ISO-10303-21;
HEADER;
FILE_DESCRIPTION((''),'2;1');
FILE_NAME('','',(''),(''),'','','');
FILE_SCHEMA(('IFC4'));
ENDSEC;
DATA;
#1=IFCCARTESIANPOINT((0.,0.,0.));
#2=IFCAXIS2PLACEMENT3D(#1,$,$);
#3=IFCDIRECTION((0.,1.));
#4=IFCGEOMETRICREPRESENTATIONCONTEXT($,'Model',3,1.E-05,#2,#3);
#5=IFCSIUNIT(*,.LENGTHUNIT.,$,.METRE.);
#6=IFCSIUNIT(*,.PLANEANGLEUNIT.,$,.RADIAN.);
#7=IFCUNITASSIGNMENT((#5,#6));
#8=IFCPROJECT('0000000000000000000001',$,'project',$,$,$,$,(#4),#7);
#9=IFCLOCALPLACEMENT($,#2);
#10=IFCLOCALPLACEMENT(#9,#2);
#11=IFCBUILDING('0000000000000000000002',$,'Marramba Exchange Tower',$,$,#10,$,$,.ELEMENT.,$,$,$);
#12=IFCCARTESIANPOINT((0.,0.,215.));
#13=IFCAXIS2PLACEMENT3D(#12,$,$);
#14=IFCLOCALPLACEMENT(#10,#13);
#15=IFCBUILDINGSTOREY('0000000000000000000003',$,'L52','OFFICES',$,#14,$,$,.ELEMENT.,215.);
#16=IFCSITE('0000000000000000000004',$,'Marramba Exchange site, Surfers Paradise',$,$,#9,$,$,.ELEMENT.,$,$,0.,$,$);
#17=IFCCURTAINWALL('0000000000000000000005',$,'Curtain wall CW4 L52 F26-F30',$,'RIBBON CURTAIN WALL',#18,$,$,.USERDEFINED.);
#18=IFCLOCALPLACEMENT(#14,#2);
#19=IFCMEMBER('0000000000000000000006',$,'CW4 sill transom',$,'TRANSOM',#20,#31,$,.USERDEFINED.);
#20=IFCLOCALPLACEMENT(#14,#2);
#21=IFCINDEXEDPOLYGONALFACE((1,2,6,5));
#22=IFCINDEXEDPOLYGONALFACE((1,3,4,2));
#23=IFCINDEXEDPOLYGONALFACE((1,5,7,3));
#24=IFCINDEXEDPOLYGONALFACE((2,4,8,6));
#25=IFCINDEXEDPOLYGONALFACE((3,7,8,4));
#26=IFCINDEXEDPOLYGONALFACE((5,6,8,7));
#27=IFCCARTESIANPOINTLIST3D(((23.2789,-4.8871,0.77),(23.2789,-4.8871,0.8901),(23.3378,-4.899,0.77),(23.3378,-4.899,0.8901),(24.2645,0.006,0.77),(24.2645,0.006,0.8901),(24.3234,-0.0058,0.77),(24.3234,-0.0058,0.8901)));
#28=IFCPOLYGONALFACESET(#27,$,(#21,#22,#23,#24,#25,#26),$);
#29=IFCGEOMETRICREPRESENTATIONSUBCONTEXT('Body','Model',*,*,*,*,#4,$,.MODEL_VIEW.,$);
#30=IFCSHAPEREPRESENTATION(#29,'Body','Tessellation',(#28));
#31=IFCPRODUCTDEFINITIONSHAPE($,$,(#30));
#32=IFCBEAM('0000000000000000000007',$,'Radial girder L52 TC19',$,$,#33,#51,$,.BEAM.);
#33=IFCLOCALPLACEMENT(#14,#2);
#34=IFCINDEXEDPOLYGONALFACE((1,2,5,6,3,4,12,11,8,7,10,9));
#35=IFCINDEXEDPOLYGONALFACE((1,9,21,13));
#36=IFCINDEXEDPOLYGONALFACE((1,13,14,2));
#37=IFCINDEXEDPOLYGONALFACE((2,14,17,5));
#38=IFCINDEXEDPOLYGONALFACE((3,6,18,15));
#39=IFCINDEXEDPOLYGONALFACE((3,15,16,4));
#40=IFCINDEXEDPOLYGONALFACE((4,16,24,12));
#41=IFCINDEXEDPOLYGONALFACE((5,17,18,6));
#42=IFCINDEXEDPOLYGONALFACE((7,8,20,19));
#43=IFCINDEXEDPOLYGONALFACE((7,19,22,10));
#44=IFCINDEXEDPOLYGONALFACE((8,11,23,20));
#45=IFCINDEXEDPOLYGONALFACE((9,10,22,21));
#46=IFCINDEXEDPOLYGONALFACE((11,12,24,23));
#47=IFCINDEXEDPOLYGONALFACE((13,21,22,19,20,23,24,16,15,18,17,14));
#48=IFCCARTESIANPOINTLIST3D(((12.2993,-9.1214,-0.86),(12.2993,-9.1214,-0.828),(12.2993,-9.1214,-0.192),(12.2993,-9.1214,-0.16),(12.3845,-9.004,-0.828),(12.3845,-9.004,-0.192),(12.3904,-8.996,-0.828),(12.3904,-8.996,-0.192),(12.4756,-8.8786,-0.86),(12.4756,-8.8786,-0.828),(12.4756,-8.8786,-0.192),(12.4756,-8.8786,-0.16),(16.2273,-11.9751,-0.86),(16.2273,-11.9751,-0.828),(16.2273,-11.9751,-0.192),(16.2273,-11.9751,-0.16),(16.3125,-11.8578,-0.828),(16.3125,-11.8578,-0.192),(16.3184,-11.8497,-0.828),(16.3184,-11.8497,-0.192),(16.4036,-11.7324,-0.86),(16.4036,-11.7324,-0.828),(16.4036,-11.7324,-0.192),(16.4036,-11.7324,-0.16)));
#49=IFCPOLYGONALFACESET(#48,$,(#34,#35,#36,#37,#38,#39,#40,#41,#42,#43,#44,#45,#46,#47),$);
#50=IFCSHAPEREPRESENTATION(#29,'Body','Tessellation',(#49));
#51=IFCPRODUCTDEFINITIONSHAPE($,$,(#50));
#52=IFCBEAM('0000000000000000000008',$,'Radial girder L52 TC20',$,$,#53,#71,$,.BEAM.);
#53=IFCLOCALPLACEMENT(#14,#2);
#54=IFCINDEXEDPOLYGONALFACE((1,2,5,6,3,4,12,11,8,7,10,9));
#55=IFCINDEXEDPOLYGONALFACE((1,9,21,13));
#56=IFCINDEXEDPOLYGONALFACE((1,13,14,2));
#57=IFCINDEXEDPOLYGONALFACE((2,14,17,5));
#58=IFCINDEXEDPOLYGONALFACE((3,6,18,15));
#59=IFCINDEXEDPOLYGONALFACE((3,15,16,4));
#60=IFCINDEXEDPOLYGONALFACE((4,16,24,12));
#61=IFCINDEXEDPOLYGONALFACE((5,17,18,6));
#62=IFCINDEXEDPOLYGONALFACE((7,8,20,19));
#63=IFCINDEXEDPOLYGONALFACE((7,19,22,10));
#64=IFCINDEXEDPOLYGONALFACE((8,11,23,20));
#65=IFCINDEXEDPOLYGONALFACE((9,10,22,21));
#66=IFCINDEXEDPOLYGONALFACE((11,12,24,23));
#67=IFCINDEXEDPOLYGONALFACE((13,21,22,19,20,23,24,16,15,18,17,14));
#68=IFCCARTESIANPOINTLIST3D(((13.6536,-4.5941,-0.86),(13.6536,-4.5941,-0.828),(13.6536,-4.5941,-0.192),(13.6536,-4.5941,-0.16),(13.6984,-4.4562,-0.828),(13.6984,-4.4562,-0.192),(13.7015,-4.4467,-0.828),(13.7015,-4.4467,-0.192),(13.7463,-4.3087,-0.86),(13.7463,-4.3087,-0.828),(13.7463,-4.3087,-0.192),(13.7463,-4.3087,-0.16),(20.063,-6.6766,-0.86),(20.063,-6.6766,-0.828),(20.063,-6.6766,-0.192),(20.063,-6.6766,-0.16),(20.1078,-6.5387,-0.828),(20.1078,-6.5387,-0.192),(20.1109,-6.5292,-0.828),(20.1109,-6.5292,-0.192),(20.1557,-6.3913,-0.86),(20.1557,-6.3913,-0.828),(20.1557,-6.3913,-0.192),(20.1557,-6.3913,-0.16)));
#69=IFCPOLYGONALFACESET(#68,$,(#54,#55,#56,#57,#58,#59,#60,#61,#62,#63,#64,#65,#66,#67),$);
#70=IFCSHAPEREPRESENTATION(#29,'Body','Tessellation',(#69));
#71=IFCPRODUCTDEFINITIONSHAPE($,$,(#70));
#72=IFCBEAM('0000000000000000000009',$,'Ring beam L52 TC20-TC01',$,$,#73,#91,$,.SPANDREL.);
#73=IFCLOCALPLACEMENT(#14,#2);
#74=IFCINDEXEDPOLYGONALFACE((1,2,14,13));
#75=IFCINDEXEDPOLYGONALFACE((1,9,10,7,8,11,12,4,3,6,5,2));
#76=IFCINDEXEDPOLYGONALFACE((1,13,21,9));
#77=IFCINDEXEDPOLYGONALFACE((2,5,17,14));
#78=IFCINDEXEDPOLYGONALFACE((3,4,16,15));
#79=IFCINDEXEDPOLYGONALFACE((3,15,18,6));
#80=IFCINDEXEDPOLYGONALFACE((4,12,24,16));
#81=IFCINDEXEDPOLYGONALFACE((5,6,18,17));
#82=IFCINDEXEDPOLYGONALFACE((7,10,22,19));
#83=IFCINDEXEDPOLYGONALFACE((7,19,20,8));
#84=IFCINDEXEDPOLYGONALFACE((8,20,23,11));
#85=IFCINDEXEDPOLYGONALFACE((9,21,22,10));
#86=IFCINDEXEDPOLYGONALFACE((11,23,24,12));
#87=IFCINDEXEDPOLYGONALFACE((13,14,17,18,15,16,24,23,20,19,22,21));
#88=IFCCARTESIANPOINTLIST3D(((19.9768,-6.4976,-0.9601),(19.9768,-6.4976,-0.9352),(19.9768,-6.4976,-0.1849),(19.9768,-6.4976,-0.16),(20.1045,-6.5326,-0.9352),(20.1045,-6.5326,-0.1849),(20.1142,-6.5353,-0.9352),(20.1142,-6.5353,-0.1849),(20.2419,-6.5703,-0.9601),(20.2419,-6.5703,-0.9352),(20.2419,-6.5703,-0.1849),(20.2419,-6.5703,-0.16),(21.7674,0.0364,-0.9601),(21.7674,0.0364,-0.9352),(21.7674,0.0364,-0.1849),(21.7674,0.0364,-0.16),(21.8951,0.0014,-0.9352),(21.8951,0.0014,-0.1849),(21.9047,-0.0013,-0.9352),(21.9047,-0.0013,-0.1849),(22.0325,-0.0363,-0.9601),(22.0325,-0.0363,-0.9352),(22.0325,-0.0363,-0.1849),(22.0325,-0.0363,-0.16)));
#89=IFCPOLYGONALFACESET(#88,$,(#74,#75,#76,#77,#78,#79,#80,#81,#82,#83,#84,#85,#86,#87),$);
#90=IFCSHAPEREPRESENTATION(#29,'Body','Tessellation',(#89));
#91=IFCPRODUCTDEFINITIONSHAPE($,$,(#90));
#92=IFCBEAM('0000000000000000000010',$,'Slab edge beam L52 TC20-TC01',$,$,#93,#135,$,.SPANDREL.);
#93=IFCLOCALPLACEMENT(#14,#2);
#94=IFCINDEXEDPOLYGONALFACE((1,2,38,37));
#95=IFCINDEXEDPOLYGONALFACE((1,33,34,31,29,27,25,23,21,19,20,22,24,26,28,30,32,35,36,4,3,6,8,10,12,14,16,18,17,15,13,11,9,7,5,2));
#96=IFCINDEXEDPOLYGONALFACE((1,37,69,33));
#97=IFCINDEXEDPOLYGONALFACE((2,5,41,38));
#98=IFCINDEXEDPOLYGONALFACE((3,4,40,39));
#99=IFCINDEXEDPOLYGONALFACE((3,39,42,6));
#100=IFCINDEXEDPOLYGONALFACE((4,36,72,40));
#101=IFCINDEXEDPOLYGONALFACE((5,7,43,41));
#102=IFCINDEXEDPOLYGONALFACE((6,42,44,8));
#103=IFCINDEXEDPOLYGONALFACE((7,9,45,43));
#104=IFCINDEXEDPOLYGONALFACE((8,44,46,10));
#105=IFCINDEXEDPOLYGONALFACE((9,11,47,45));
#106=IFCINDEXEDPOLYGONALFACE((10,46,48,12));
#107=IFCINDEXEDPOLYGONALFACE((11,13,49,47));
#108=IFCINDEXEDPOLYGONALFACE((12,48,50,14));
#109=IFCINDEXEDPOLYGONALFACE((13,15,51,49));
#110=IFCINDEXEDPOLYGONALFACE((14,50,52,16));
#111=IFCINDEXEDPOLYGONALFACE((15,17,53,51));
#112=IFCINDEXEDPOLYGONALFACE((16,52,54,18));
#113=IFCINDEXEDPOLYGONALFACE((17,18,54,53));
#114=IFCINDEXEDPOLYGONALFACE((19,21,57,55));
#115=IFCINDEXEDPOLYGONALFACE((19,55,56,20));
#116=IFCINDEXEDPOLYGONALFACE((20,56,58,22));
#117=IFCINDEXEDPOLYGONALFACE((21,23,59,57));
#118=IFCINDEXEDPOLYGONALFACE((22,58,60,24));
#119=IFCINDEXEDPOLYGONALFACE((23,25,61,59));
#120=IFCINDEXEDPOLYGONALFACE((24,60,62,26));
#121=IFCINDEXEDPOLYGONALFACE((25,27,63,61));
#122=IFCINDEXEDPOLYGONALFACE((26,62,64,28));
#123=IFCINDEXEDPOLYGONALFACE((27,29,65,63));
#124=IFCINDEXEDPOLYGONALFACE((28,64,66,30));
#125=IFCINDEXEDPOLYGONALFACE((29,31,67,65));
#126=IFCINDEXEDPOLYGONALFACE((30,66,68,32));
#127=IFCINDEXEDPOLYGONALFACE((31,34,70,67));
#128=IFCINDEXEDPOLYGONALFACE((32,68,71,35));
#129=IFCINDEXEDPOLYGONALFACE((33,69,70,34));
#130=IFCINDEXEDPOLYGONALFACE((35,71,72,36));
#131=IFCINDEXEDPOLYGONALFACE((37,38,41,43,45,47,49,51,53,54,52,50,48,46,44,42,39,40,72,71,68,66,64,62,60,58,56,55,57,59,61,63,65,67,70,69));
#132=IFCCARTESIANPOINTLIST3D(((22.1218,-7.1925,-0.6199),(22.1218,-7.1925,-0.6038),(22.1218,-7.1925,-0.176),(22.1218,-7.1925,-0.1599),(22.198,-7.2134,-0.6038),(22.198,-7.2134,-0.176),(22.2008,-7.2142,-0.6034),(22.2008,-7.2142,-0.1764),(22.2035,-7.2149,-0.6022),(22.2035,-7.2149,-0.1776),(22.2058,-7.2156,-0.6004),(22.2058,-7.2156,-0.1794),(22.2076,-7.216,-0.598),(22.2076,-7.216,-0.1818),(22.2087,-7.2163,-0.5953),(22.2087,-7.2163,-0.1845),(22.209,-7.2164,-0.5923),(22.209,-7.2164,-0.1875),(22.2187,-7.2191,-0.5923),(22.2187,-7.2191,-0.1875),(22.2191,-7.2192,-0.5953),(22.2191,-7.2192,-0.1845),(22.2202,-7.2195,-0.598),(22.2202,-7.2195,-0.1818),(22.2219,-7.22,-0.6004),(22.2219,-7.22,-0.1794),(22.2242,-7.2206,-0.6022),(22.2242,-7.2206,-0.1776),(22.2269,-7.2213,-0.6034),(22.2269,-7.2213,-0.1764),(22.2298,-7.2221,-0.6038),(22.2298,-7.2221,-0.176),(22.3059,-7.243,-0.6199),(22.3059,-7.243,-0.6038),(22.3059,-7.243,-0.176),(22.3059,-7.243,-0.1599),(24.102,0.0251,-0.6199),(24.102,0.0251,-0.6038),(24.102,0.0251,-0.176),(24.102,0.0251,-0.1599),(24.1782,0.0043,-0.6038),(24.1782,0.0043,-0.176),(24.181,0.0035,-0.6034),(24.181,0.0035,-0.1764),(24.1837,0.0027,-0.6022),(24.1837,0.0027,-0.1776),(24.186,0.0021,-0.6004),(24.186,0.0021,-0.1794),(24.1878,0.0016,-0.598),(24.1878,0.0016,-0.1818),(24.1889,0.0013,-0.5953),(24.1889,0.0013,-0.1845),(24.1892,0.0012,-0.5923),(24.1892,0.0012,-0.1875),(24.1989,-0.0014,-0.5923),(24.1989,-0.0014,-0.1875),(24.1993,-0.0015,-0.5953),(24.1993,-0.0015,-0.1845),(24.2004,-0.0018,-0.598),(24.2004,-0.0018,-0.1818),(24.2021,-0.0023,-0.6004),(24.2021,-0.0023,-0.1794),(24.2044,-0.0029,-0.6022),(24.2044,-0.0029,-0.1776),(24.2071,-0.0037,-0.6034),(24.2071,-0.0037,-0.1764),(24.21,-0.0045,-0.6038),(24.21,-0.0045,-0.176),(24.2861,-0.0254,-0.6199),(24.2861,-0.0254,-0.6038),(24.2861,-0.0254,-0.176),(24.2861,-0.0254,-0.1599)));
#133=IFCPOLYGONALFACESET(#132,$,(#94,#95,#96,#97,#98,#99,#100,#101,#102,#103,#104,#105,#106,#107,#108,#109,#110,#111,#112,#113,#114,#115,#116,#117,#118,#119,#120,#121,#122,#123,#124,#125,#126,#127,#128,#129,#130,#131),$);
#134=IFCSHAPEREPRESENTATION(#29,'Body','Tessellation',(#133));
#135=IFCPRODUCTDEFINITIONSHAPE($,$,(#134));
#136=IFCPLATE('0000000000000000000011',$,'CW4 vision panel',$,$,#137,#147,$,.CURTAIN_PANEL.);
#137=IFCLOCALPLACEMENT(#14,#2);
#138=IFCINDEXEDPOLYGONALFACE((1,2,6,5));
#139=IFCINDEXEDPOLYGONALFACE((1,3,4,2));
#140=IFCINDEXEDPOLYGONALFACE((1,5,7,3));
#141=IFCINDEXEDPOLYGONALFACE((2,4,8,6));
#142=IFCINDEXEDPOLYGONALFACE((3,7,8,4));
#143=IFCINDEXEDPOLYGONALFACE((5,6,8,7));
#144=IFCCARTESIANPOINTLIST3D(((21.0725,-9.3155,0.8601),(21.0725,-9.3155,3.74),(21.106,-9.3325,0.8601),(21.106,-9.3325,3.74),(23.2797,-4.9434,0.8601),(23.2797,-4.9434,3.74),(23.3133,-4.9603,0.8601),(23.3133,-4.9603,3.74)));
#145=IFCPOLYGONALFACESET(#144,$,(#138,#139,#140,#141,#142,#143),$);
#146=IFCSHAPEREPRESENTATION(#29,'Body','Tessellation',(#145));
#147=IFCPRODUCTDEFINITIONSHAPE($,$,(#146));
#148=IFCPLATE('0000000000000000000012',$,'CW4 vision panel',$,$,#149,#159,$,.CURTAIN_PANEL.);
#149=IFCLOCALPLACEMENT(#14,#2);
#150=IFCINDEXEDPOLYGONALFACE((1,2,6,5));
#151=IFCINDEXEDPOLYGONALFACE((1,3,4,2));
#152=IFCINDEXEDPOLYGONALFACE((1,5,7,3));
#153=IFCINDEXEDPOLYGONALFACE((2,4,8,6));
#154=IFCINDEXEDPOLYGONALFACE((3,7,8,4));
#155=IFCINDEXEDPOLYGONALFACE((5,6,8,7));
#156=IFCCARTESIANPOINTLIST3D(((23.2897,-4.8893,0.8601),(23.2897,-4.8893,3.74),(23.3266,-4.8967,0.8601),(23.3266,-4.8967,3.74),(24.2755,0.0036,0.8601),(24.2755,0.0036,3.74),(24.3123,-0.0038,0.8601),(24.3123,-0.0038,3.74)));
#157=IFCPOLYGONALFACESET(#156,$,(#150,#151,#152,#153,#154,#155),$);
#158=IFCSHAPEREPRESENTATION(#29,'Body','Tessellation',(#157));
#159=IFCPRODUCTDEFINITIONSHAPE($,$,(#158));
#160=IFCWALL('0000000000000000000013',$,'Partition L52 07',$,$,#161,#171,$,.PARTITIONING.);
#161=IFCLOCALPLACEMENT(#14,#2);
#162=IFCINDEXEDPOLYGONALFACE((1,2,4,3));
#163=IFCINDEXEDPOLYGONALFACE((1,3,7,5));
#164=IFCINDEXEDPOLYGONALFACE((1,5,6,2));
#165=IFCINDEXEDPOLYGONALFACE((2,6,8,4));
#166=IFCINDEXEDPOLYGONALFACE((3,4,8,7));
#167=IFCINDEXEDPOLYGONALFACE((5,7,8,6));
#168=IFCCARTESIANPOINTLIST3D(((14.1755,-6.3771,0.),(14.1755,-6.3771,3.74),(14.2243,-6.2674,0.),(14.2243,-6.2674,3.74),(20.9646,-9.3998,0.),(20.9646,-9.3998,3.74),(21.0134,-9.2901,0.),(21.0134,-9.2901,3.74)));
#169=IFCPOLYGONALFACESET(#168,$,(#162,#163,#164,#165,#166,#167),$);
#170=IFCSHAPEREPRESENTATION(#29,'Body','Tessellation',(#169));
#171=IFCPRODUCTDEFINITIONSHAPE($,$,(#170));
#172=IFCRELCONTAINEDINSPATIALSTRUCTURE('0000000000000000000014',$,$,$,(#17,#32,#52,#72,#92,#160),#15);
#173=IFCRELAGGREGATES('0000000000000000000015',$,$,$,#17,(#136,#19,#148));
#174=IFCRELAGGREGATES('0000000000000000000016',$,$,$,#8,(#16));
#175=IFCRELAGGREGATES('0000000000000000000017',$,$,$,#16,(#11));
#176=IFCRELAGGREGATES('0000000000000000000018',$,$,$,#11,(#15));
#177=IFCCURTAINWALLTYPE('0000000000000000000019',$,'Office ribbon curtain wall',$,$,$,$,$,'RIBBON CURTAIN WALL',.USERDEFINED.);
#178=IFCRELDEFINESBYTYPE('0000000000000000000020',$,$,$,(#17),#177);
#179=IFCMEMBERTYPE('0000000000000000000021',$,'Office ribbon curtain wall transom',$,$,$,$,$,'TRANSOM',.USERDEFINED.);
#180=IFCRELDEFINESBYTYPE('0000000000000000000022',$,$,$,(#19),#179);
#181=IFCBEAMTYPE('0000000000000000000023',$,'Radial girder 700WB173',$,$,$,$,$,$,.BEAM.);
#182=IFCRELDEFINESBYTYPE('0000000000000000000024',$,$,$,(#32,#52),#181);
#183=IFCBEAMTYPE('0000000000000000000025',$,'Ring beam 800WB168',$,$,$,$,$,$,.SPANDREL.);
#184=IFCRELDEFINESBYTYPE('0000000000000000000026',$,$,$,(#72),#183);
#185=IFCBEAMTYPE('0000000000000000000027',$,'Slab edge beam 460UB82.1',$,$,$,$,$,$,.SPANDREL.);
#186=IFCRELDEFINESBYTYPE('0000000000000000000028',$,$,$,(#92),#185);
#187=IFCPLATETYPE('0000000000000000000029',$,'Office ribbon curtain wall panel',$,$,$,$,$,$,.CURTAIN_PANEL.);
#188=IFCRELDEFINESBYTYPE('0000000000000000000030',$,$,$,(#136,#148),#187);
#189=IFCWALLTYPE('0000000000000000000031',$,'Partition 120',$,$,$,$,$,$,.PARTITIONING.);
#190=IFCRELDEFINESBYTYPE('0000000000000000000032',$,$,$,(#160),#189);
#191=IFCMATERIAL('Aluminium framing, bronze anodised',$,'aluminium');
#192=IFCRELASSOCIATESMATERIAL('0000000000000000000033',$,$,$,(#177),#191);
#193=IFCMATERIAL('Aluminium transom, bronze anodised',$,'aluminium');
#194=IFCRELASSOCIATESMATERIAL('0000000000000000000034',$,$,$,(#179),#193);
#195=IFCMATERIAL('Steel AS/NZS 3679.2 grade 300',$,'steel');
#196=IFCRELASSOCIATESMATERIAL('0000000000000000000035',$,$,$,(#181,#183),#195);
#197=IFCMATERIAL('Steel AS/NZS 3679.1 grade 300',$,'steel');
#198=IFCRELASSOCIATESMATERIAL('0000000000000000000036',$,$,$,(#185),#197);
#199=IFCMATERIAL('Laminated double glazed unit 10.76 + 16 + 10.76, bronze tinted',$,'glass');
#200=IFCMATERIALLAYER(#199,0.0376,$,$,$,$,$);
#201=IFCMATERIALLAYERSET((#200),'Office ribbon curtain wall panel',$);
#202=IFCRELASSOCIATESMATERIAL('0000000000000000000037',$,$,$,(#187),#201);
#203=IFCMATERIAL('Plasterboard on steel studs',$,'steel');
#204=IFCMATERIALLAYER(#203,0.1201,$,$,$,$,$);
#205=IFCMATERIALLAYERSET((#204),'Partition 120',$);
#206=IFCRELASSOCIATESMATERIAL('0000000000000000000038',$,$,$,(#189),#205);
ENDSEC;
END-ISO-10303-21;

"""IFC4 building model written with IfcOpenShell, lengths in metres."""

from ifc_helpers import new_model, si_unit, direction, frame, frame_2d, origin, origin_2d, place, context, subcontext, project, spatial, rectangle, i_section, extrude, material, layer, layer_set, material_profile, profile_set, type_object, element, aggregate, save


model = new_model("IFC4")

# Units and contexts
model_context = context("Model", 3, precision=1e-05, world=origin(), true_north=direction((0.0, 1.0)))
body_context = subcontext(model_context, "Body", "Model", "MODEL_VIEW")
ifc_project = project(units=[si_unit("LENGTHUNIT", "METRE"), si_unit("PLANEANGLEUNIT", "RADIAN")], contexts=[model_context])

# Site, building, storey
site_placement = place(None, origin())
site = spatial("IfcSite", under=ifc_project, at=site_placement, Name="Marramba Exchange site, Surfers Paradise", CompositionType="ELEMENT", RefElevation=0.0)
building_placement = place(site_placement, origin())
building = spatial("IfcBuilding", under=site, at=building_placement, Name="Marramba Exchange Tower", CompositionType="ELEMENT")
storey_placement = place(building_placement, frame((0.0, 0.0, 215.0)))
storey = spatial("IfcBuildingStorey", under=building, at=storey_placement, Name="L52", Description="OFFICES", CompositionType="ELEMENT", Elevation=215.0)

# Shared definitions
ifc_material_1 = material(Name="Steel AS/NZS 3679.2 grade 300", Category="steel")
ifc_material_2 = material(Name="Steel AS/NZS 3679.1 grade 300", Category="steel")

# Curtain wall, member
ifc_material_3 = material(Name="Aluminium framing, bronze anodised", Category="aluminium")
curtain_wall_type = type_object("IfcCurtainWallType", Name="Office ribbon curtain wall", ElementType="RIBBON CURTAIN WALL", PredefinedType="USERDEFINED", material=ifc_material_3)
curtain_wall_placement = place(storey_placement, origin())
curtain_wall = element("IfcCurtainWall", 1, at=curtain_wall_placement, inside=storey, type_object=curtain_wall_type, Name="Curtain wall CW4 L52 F26-F30", ObjectType="RIBBON CURTAIN WALL", PredefinedType="USERDEFINED")
ifc_material_4 = material(Name="Aluminium transom, bronze anodised", Category="aluminium")
ifc_material_profile_1 = material_profile(ifc_material_4, rectangle(XDim=0.0601, YDim=0.1201, at=origin_2d()), Name="CW4 transom 60x120")
ifc_profile_set_1 = profile_set([ifc_material_profile_1], Name="Aluminium transom, bronze anodised")
member_type_1 = type_object("IfcMemberType", Name="Office ribbon curtain wall transom", ElementType="TRANSOM", PredefinedType="USERDEFINED", material=ifc_profile_set_1)
member_1_placement = place(storey_placement, frame((23.3083, -4.8931, 0.8301), z_axis=(0.197461, 0.980311, 0.0), x_axis=(-0.980311, 0.197461, 0.0)))
member_1 = element("IfcMember", 2, at=member_1_placement, type_object=member_type_1, Name="CW4 sill transom", ObjectType="TRANSOM", PredefinedType="USERDEFINED", context=body_context, shape_type="SweptSolid", body=[
    extrude(rectangle(XDim=0.0601, YDim=0.1201, at=origin_2d()), origin(), (0.0, 0.0, 1.0), 4.9915),
])

# Beams
ifc_material_profile_2 = material_profile(ifc_material_1, i_section(OverallWidth=0.3, OverallDepth=0.7, WebThickness=0.01, FlangeThickness=0.032, at=origin_2d()), Name="700WB173")
ifc_profile_set_2 = profile_set([ifc_material_profile_2], Name="Steel AS/NZS 3679.2 grade 300")
beam_type_1 = type_object("IfcBeamType", Name="Radial girder 700WB173", PredefinedType="BEAM", material=ifc_profile_set_2)
beam_1_placement = place(storey_placement, frame((12.3875, -9.0, -0.51), z_axis=(0.809025, -0.587774, 0.0), x_axis=(0.587774, 0.809025, 0.0)))
element("IfcBeam", 3, at=beam_1_placement, inside=storey, type_object=beam_type_1, Name="Radial girder L52 TC19", PredefinedType="BEAM", context=body_context, shape_type="SweptSolid", body=[
    extrude(i_section(OverallWidth=0.3, OverallDepth=0.7, WebThickness=0.01, FlangeThickness=0.032, at=origin_2d()), origin(), (0.0, 0.0, 1.0), 4.8552),
])
beam_2_placement = place(storey_placement, frame((13.7, -4.4514, -0.51), z_axis=(0.951058, -0.309013, 0.0), x_axis=(0.309013, 0.951058, 0.0)))
element("IfcBeam", 4, at=beam_2_placement, inside=storey, type_object=beam_type_1, Name="Radial girder L52 TC20", PredefinedType="BEAM", context=body_context, shape_type="SweptSolid", body=[
    extrude(i_section(OverallWidth=0.3, OverallDepth=0.7, WebThickness=0.01, FlangeThickness=0.032, at=origin_2d()), origin(), (0.0, 0.0, 1.0), 6.7393),
])
ifc_material_profile_3 = material_profile(ifc_material_1, i_section(OverallWidth=0.2749, OverallDepth=0.8, WebThickness=0.01, FlangeThickness=0.0249, at=origin_2d()), Name="800WB168")
ifc_profile_set_3 = profile_set([ifc_material_profile_3], Name="Steel AS/NZS 3679.2 grade 300")
beam_type_2 = type_object("IfcBeamType", Name="Ring beam 800WB168", PredefinedType="SPANDREL", material=ifc_profile_set_3)
beam_3_placement = place(storey_placement, frame((20.1094, -6.5339, -0.5601), z_axis=(0.264291, 0.964443, 0.0), x_axis=(-0.964443, 0.264291, 0.0)))
element("IfcBeam", 5, at=beam_3_placement, inside=storey, type_object=beam_type_2, Name="Ring beam L52 TC20-TC01", PredefinedType="SPANDREL", context=body_context, shape_type="SweptSolid", body=[
    extrude(i_section(OverallWidth=0.2749, OverallDepth=0.8, WebThickness=0.01, FlangeThickness=0.0249, at=origin_2d()), origin(), (0.0, 0.0, 1.0), 6.7749),
])
ifc_material_profile_4 = material_profile(ifc_material_2, i_section(OverallWidth=0.1909, OverallDepth=0.46, WebThickness=0.01, FlangeThickness=0.0161, FilletRadius=0.0115, at=origin_2d()), Name="460UB82.1")
ifc_profile_set_4 = profile_set([ifc_material_profile_4], Name="Steel AS/NZS 3679.1 grade 300")
beam_type_3 = type_object("IfcBeamType", Name="Slab edge beam 460UB82.1", PredefinedType="SPANDREL", material=ifc_profile_set_4)
beam_4_placement = place(storey_placement, frame((22.2139, -7.2178, -0.3899), z_axis=(0.264577, 0.964365, 0.0), x_axis=(-0.964365, 0.264577, 0.0)))
element("IfcBeam", 6, at=beam_4_placement, inside=storey, type_object=beam_type_3, Name="Slab edge beam L52 TC20-TC01", PredefinedType="SPANDREL", context=body_context, shape_type="SweptSolid", body=[
    extrude(i_section(OverallWidth=0.1909, OverallDepth=0.46, WebThickness=0.01, FlangeThickness=0.0161, FilletRadius=0.0115, at=origin_2d()), origin(), (0.0, 0.0, 1.0), 7.4844),
])

# Plates
ifc_material_5 = material(Name="Laminated double glazed unit 10.76 + 16 + 10.76, bronze tinted", Category="glass")
ifc_layer_1 = layer(ifc_material_5, 0.0376)
ifc_layer_set_1 = layer_set([ifc_layer_1], Name="Office ribbon curtain wall panel")
plate_type = type_object("IfcPlateType", Name="Office ribbon curtain wall panel", PredefinedType="CURTAIN_PANEL", material=ifc_layer_set_1)
plate_1_placement = place(storey_placement, frame((22.1929, -7.1379, 0.8601), z_axis=(0.0, 0.0, 1.0), x_axis=(0.450673, 0.892689, 0.0)))
plate_1 = element("IfcPlate", 7, at=plate_1_placement, type_object=plate_type, Name="CW4 vision panel", PredefinedType="CURTAIN_PANEL", context=body_context, shape_type="SweptSolid", body=[
    extrude(rectangle(XDim=4.8977, YDim=0.0376, at=origin_2d()), origin(), (0.0, 0.0, 1.0), 2.8799),
])
plate_2_placement = place(storey_placement, frame((23.801, -2.4465, 0.8601), z_axis=(0.0, 0.0, 1.0), x_axis=(0.197495, 0.980304, 0.0)))
plate_2 = element("IfcPlate", 8, at=plate_2_placement, type_object=plate_type, Name="CW4 vision panel", PredefinedType="CURTAIN_PANEL", context=body_context, shape_type="SweptSolid", body=[
    extrude(rectangle(XDim=4.9912, YDim=0.0376, at=origin_2d()), origin(), (0.0, 0.0, 1.0), 2.8799),
])
aggregate(curtain_wall, [plate_1, member_1, plate_2])

# Wall
ifc_material_6 = material(Name="Plasterboard on steel studs", Category="steel")
ifc_layer_2 = layer(ifc_material_6, 0.1201)
ifc_layer_set_2 = layer_set([ifc_layer_2], Name="Partition 120")
wall_type_1 = type_object("IfcWallType", Name="Partition 120", PredefinedType="PARTITIONING", material=ifc_layer_set_2)
wall_1_placement = place(storey_placement, frame((20.989, -9.345, 0.0), z_axis=(0.0, 0.0, 1.0), x_axis=(-0.913544, 0.406739, 0.0)))
element("IfcWall", 9, at=wall_1_placement, inside=storey, type_object=wall_type_1, Name="Partition L52 07", PredefinedType="PARTITIONING", context=body_context, shape_type="SweptSolid", body=[
    extrude(rectangle(XDim=7.4316, YDim=0.1201, at=frame_2d((3.7158, 0.0))), origin(), (0.0, 0.0, 1.0), 3.74),
])

save(model, "model.ifc")
